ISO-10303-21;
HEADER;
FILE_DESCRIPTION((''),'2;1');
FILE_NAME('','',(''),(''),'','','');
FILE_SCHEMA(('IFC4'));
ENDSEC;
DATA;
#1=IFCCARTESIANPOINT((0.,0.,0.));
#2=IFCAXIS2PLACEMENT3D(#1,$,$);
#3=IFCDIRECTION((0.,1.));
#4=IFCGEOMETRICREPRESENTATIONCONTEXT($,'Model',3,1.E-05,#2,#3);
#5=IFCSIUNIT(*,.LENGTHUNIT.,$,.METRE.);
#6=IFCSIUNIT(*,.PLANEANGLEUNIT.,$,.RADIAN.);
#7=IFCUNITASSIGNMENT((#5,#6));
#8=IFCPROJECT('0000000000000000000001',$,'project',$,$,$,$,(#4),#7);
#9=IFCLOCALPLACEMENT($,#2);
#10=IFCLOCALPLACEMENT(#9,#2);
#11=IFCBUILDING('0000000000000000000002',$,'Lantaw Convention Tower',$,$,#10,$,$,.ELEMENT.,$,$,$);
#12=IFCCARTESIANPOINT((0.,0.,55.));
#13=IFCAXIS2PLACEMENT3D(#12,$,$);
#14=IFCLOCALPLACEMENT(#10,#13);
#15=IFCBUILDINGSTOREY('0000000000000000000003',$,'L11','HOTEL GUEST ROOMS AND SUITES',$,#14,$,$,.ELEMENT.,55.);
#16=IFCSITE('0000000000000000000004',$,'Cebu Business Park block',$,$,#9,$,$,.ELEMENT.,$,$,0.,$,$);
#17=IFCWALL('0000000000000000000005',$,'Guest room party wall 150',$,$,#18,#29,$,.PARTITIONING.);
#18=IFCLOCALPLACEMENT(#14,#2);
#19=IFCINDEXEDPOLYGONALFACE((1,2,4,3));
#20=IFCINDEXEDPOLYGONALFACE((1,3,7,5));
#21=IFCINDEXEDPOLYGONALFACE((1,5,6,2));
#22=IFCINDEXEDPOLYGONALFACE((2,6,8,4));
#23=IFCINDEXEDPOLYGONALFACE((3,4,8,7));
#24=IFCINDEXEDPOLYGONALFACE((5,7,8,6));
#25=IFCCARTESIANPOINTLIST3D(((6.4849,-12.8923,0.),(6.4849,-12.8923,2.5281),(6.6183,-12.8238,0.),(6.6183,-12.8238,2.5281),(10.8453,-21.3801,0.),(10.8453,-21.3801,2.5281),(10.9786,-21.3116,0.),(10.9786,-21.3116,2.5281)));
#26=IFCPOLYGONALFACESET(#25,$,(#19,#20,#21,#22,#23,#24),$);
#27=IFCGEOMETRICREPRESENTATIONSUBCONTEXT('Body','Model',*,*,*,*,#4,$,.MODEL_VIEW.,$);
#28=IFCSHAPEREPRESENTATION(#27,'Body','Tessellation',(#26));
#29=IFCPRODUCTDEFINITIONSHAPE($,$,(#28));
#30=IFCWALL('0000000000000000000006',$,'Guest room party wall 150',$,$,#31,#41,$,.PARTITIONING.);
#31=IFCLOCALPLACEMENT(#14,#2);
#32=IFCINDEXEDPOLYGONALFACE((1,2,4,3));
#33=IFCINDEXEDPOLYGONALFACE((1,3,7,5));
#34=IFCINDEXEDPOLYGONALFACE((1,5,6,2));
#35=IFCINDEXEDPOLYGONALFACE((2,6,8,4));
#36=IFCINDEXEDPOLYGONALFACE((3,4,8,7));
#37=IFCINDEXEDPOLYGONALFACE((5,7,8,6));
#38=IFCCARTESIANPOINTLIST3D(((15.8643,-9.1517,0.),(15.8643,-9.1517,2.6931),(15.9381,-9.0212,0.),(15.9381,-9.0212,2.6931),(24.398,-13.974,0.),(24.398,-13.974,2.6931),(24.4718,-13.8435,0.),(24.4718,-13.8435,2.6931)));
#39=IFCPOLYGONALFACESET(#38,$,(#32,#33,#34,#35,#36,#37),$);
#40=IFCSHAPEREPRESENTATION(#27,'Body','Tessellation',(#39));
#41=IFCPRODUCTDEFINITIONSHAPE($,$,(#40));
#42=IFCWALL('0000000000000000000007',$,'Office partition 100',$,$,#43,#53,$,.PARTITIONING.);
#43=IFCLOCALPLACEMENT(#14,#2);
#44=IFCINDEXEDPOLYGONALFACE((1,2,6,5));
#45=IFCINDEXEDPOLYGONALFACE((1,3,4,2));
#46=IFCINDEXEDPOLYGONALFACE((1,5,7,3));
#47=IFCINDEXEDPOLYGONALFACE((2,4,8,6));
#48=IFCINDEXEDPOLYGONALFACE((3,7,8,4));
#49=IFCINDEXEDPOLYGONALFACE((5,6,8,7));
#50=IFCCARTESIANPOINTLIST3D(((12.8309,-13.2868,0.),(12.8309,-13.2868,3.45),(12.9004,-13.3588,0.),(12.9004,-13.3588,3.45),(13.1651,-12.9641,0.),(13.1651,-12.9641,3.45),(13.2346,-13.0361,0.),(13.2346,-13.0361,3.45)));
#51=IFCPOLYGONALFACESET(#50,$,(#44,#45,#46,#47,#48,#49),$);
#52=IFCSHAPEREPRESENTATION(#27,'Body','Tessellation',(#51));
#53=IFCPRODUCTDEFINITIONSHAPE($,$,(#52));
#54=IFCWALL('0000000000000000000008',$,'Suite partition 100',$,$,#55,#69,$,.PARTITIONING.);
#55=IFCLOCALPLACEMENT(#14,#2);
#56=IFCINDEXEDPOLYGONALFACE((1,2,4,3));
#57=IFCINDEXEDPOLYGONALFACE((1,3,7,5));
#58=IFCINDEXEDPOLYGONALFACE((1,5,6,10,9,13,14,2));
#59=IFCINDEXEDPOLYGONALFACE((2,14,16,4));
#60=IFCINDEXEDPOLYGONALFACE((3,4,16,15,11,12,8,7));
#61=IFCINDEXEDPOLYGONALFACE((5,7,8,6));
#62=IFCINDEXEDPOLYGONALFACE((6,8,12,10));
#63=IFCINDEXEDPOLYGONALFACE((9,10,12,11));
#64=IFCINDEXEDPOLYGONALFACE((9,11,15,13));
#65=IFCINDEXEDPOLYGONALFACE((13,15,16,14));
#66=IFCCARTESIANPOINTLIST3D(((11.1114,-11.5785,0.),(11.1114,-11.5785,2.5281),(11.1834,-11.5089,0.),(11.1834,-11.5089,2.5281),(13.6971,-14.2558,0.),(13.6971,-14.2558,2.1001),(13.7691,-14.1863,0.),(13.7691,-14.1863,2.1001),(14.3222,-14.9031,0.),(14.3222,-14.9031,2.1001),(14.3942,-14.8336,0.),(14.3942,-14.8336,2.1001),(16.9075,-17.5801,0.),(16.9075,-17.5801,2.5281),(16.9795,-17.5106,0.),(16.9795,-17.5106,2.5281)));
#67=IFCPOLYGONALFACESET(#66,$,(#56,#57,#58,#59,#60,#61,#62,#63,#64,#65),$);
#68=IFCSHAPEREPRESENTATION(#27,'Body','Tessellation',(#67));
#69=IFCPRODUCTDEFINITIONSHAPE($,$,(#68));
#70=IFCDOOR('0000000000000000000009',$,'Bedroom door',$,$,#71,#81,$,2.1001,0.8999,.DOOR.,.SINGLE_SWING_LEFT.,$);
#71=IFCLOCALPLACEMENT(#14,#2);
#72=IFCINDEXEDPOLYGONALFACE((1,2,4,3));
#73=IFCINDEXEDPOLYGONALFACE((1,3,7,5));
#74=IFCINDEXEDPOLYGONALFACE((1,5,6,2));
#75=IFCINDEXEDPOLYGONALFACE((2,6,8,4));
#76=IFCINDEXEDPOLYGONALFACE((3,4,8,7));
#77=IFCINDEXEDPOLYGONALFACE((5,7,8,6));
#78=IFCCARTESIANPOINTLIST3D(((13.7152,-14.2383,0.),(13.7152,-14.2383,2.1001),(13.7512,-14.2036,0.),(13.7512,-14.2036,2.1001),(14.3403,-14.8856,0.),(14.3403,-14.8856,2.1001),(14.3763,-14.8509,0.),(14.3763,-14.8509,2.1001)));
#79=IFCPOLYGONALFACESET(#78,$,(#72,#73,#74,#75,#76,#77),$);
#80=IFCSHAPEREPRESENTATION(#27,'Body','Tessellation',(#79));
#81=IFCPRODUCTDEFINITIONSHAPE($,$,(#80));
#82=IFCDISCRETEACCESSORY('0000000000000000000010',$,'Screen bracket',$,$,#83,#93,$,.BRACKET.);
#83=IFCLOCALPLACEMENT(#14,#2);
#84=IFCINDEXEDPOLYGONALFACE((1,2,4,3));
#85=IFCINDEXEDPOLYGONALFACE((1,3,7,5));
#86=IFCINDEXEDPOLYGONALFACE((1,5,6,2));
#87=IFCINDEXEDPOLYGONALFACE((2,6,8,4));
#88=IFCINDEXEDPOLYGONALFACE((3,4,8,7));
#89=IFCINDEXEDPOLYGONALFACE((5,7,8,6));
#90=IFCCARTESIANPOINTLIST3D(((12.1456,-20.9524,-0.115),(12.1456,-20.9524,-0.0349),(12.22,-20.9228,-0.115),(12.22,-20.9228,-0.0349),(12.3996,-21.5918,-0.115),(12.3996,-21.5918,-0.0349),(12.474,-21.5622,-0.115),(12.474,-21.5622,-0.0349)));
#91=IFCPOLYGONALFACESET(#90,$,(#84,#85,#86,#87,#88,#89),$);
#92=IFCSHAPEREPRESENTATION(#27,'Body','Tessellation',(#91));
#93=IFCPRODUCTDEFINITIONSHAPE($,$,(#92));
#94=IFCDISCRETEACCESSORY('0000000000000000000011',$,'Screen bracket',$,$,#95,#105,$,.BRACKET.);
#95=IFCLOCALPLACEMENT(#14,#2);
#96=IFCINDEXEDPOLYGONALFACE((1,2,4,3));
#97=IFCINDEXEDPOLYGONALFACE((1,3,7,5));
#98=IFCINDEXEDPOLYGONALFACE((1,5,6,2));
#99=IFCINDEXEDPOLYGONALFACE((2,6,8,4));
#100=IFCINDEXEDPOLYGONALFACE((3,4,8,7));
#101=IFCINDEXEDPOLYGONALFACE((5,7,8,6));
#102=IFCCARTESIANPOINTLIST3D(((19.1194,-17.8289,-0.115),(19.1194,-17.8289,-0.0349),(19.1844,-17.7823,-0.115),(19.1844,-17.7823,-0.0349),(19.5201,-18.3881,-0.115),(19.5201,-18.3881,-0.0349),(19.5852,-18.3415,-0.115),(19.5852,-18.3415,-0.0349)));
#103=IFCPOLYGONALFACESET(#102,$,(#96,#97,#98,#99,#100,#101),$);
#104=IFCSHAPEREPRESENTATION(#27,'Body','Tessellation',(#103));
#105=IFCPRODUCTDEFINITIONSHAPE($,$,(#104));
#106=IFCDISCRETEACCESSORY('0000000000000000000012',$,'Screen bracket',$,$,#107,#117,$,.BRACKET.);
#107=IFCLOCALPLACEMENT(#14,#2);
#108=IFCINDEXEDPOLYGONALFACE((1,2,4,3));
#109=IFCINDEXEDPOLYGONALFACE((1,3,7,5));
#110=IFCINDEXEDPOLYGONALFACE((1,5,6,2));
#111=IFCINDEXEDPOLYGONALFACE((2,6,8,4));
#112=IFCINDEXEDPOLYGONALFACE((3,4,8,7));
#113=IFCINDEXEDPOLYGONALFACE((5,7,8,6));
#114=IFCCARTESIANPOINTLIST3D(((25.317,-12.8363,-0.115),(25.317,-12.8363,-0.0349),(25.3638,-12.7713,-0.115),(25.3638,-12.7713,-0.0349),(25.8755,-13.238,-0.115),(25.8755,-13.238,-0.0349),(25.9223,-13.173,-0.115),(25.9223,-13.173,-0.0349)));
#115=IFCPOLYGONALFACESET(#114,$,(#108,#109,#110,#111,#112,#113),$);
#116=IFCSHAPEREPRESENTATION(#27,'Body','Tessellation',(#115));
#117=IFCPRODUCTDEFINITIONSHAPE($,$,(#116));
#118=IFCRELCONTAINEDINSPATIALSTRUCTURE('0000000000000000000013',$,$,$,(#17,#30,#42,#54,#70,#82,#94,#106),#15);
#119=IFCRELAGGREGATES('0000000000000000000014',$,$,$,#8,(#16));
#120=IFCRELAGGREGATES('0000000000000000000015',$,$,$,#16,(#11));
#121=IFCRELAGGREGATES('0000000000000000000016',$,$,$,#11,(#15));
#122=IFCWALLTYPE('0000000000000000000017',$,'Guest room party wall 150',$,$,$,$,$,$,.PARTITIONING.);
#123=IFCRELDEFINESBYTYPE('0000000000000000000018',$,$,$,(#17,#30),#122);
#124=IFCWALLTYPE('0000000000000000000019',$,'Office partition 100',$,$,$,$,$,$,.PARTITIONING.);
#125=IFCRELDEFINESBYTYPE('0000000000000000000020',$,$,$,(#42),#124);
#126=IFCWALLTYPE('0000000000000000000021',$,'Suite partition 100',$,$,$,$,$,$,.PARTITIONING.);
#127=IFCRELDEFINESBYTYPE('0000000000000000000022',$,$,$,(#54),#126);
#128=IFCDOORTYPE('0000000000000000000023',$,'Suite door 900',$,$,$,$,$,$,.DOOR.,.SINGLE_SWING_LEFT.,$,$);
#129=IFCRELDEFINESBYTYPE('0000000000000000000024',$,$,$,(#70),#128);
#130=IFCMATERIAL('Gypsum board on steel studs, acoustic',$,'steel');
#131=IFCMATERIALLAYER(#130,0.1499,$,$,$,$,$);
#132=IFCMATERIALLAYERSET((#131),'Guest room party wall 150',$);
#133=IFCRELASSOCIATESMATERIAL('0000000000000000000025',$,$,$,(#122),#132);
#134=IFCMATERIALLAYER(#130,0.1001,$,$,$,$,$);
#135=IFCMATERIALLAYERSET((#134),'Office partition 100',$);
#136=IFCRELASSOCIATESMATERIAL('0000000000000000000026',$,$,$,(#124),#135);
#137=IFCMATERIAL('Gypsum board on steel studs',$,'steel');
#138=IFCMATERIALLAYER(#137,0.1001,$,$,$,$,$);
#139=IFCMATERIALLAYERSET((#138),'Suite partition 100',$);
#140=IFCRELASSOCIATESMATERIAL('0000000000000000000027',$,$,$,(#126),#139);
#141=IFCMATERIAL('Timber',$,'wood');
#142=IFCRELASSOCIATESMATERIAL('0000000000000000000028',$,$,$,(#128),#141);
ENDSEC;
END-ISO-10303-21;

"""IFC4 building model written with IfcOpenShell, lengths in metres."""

from ifc_helpers import new_model, si_unit, direction, frame, frame_2d, origin, origin_2d, place, context, subcontext, project, spatial, rectangle, extrude, material, layer, layer_set, type_object, element, fill, save


model = new_model("IFC4")

# Units and contexts
model_context = context("Model", 3, precision=1e-05, world=origin(), true_north=direction((0.0, 1.0)))
body_context = subcontext(model_context, "Body", "Model", "MODEL_VIEW")
ifc_project = project(units=[si_unit("LENGTHUNIT", "METRE"), si_unit("PLANEANGLEUNIT", "RADIAN")], contexts=[model_context])

# Site, building, storey
site_placement = place(None, origin())
site = spatial("IfcSite", under=ifc_project, at=site_placement, Name="Cebu Business Park block", CompositionType="ELEMENT", RefElevation=0.0)
building_placement = place(site_placement, origin())
building = spatial("IfcBuilding", under=site, at=building_placement, Name="Lantaw Convention Tower", CompositionType="ELEMENT")
storey_placement = place(building_placement, frame((0.0, 0.0, 55.0)))
storey = spatial("IfcBuildingStorey", under=building, at=storey_placement, Name="L11", Description="HOTEL GUEST ROOMS AND SUITES", CompositionType="ELEMENT", Elevation=55.0)

# Walls
ifc_material_1 = material(Name="Gypsum board on steel studs, acoustic", Category="steel")
ifc_layer_1 = layer(ifc_material_1, 0.1499)
ifc_layer_set_1 = layer_set([ifc_layer_1], Name="Guest room party wall 150")
wall_type_1 = type_object("IfcWallType", Name="Guest room party wall 150", PredefinedType="PARTITIONING", material=ifc_layer_set_1)
wall_1_placement = place(storey_placement, frame((10.9119, -21.3457, 0.0), z_axis=(0.0, 0.0, 1.0), x_axis=(-0.45695, 0.889492, 0.0)))
element("IfcWall", 1, at=wall_1_placement, inside=storey, type_object=wall_type_1, Name="Guest room party wall 150", PredefinedType="PARTITIONING", context=body_context, shape_type="SweptSolid", body=[
    extrude(rectangle(XDim=9.5422, YDim=0.1499, at=frame_2d((4.771, 0.0))), origin(), (0.0, 0.0, 1.0), 2.5281),
])
wall_2_placement = place(storey_placement, frame((24.4348, -13.9087, 0.0), z_axis=(0.0, 0.0, 1.0), x_axis=(-0.870612, 0.49197, 0.0)))
element("IfcWall", 2, at=wall_2_placement, inside=storey, type_object=wall_type_1, Name="Guest room party wall 150", PredefinedType="PARTITIONING", context=body_context, shape_type="SweptSolid", body=[
    extrude(rectangle(XDim=9.802, YDim=0.1499, at=frame_2d((4.9009, 0.0))), origin(), (0.0, 0.0, 1.0), 2.6931),
])
ifc_layer_2 = layer(ifc_material_1, 0.1001)
ifc_layer_set_2 = layer_set([ifc_layer_2], Name="Office partition 100")
wall_type_2 = type_object("IfcWallType", Name="Office partition 100", PredefinedType="PARTITIONING", material=ifc_layer_set_2)
wall_3_placement = place(storey_placement, frame((13.2, -13.0, 0.0), z_axis=(0.0, 0.0, 1.0), x_axis=(-0.719347, -0.694651, 0.0)))
element("IfcWall", 3, at=wall_3_placement, inside=storey, type_object=wall_type_2, Name="Office partition 100", PredefinedType="PARTITIONING", context=body_context, shape_type="SweptSolid", body=[
    extrude(rectangle(XDim=0.4646, YDim=0.1001, at=frame_2d((0.2324, 0.0))), origin(), (0.0, 0.0, 1.0), 3.45),
])

# Wall, opening, door
ifc_material_2 = material(Name="Gypsum board on steel studs", Category="steel")
ifc_layer_3 = layer(ifc_material_2, 0.1001)
ifc_layer_set_3 = layer_set([ifc_layer_3], Name="Suite partition 100")
wall_type_3 = type_object("IfcWallType", Name="Suite partition 100", PredefinedType="PARTITIONING", material=ifc_layer_set_3)
wall_4_placement = place(storey_placement, frame((16.9436, -17.5454, 0.0), z_axis=(0.0, 0.0, 1.0), x_axis=(-0.694681, 0.719318, 0.0)))
wall_4 = element("IfcWall", 4, at=wall_4_placement, inside=storey, type_object=wall_type_3, Name="Suite partition 100", PredefinedType="PARTITIONING", context=body_context, shape_type="SweptSolid", body=[
    extrude(rectangle(XDim=8.3435, YDim=0.1001, at=frame_2d((4.1719, 0.0))), origin(), (0.0, 0.0, 1.0), 2.5281),
])
opening_1_placement = place(wall_4_placement, frame((3.7217, 0.0, 0.0)))
opening_1 = element("IfcOpeningElement", 5, at=opening_1_placement, cuts=wall_4, PredefinedType="OPENING", context=body_context, shape_type="SweptSolid", body=[
    extrude(rectangle(XDim=0.8999, YDim=2.1001, at=frame_2d((0.45, 1.05))), frame((0.0, 0.0601, 0.0), z_axis=(0.0, -1.0, 0.0), x_axis=(1.0, 0.0, 0.0)), (0.0, 0.0, 1.0), 0.1201),
])
ifc_material_3 = material(Name="Timber", Category="wood")
door_type_1 = type_object("IfcDoorType", Name="Suite door 900", OperationType="SINGLE_SWING_LEFT", PredefinedType="DOOR", material=ifc_material_3)
door_1_placement = place(opening_1_placement, origin())
door_1 = element("IfcDoor", 6, at=door_1_placement, inside=storey, type_object=door_type_1, Name="Bedroom door", OperationType="SINGLE_SWING_LEFT", OverallHeight=2.1001, OverallWidth=0.8999, PredefinedType="DOOR", context=body_context, shape_type="SweptSolid", body=[
    extrude(rectangle(XDim=0.8999, YDim=2.1001, at=frame_2d((0.45, 1.05))), frame((0.0, 0.0249, 0.0), z_axis=(0.0, -1.0, 0.0), x_axis=(1.0, 0.0, 0.0)), (0.0, 0.0, 1.0), 0.05),
])
fill(opening_1, door_1)

# Discrete accessories
for number, where, z_axis, x_axis, name in (
    (7, (12.3098, -21.2573, -0.115), (0.0, 0.0, 1.0), (0.929361, 0.369172, 0.0), "Screen bracket"),
    (8, (19.3523, -18.0852, -0.115), (0.0, 0.0, 1.0), (0.812804, 0.582538, 0.0), "Screen bracket"),
    (9, (25.6196, -13.0046, -0.115), (0.0, 0.0, 1.0), (0.583951, 0.811789, 0.0), "Screen bracket"),
):
    element("IfcDiscreteAccessory", number, at=place(storey_placement, frame(where, z_axis=z_axis, x_axis=x_axis)), inside=storey, Name=name, PredefinedType="BRACKET", context=body_context, shape_type="SweptSolid", body=[
        extrude(rectangle(XDim=0.0801, YDim=0.688, at=origin_2d()), origin(), (0.0, 0.0, 1.0), 0.0801),
    ])

save(model, "model.ifc")
